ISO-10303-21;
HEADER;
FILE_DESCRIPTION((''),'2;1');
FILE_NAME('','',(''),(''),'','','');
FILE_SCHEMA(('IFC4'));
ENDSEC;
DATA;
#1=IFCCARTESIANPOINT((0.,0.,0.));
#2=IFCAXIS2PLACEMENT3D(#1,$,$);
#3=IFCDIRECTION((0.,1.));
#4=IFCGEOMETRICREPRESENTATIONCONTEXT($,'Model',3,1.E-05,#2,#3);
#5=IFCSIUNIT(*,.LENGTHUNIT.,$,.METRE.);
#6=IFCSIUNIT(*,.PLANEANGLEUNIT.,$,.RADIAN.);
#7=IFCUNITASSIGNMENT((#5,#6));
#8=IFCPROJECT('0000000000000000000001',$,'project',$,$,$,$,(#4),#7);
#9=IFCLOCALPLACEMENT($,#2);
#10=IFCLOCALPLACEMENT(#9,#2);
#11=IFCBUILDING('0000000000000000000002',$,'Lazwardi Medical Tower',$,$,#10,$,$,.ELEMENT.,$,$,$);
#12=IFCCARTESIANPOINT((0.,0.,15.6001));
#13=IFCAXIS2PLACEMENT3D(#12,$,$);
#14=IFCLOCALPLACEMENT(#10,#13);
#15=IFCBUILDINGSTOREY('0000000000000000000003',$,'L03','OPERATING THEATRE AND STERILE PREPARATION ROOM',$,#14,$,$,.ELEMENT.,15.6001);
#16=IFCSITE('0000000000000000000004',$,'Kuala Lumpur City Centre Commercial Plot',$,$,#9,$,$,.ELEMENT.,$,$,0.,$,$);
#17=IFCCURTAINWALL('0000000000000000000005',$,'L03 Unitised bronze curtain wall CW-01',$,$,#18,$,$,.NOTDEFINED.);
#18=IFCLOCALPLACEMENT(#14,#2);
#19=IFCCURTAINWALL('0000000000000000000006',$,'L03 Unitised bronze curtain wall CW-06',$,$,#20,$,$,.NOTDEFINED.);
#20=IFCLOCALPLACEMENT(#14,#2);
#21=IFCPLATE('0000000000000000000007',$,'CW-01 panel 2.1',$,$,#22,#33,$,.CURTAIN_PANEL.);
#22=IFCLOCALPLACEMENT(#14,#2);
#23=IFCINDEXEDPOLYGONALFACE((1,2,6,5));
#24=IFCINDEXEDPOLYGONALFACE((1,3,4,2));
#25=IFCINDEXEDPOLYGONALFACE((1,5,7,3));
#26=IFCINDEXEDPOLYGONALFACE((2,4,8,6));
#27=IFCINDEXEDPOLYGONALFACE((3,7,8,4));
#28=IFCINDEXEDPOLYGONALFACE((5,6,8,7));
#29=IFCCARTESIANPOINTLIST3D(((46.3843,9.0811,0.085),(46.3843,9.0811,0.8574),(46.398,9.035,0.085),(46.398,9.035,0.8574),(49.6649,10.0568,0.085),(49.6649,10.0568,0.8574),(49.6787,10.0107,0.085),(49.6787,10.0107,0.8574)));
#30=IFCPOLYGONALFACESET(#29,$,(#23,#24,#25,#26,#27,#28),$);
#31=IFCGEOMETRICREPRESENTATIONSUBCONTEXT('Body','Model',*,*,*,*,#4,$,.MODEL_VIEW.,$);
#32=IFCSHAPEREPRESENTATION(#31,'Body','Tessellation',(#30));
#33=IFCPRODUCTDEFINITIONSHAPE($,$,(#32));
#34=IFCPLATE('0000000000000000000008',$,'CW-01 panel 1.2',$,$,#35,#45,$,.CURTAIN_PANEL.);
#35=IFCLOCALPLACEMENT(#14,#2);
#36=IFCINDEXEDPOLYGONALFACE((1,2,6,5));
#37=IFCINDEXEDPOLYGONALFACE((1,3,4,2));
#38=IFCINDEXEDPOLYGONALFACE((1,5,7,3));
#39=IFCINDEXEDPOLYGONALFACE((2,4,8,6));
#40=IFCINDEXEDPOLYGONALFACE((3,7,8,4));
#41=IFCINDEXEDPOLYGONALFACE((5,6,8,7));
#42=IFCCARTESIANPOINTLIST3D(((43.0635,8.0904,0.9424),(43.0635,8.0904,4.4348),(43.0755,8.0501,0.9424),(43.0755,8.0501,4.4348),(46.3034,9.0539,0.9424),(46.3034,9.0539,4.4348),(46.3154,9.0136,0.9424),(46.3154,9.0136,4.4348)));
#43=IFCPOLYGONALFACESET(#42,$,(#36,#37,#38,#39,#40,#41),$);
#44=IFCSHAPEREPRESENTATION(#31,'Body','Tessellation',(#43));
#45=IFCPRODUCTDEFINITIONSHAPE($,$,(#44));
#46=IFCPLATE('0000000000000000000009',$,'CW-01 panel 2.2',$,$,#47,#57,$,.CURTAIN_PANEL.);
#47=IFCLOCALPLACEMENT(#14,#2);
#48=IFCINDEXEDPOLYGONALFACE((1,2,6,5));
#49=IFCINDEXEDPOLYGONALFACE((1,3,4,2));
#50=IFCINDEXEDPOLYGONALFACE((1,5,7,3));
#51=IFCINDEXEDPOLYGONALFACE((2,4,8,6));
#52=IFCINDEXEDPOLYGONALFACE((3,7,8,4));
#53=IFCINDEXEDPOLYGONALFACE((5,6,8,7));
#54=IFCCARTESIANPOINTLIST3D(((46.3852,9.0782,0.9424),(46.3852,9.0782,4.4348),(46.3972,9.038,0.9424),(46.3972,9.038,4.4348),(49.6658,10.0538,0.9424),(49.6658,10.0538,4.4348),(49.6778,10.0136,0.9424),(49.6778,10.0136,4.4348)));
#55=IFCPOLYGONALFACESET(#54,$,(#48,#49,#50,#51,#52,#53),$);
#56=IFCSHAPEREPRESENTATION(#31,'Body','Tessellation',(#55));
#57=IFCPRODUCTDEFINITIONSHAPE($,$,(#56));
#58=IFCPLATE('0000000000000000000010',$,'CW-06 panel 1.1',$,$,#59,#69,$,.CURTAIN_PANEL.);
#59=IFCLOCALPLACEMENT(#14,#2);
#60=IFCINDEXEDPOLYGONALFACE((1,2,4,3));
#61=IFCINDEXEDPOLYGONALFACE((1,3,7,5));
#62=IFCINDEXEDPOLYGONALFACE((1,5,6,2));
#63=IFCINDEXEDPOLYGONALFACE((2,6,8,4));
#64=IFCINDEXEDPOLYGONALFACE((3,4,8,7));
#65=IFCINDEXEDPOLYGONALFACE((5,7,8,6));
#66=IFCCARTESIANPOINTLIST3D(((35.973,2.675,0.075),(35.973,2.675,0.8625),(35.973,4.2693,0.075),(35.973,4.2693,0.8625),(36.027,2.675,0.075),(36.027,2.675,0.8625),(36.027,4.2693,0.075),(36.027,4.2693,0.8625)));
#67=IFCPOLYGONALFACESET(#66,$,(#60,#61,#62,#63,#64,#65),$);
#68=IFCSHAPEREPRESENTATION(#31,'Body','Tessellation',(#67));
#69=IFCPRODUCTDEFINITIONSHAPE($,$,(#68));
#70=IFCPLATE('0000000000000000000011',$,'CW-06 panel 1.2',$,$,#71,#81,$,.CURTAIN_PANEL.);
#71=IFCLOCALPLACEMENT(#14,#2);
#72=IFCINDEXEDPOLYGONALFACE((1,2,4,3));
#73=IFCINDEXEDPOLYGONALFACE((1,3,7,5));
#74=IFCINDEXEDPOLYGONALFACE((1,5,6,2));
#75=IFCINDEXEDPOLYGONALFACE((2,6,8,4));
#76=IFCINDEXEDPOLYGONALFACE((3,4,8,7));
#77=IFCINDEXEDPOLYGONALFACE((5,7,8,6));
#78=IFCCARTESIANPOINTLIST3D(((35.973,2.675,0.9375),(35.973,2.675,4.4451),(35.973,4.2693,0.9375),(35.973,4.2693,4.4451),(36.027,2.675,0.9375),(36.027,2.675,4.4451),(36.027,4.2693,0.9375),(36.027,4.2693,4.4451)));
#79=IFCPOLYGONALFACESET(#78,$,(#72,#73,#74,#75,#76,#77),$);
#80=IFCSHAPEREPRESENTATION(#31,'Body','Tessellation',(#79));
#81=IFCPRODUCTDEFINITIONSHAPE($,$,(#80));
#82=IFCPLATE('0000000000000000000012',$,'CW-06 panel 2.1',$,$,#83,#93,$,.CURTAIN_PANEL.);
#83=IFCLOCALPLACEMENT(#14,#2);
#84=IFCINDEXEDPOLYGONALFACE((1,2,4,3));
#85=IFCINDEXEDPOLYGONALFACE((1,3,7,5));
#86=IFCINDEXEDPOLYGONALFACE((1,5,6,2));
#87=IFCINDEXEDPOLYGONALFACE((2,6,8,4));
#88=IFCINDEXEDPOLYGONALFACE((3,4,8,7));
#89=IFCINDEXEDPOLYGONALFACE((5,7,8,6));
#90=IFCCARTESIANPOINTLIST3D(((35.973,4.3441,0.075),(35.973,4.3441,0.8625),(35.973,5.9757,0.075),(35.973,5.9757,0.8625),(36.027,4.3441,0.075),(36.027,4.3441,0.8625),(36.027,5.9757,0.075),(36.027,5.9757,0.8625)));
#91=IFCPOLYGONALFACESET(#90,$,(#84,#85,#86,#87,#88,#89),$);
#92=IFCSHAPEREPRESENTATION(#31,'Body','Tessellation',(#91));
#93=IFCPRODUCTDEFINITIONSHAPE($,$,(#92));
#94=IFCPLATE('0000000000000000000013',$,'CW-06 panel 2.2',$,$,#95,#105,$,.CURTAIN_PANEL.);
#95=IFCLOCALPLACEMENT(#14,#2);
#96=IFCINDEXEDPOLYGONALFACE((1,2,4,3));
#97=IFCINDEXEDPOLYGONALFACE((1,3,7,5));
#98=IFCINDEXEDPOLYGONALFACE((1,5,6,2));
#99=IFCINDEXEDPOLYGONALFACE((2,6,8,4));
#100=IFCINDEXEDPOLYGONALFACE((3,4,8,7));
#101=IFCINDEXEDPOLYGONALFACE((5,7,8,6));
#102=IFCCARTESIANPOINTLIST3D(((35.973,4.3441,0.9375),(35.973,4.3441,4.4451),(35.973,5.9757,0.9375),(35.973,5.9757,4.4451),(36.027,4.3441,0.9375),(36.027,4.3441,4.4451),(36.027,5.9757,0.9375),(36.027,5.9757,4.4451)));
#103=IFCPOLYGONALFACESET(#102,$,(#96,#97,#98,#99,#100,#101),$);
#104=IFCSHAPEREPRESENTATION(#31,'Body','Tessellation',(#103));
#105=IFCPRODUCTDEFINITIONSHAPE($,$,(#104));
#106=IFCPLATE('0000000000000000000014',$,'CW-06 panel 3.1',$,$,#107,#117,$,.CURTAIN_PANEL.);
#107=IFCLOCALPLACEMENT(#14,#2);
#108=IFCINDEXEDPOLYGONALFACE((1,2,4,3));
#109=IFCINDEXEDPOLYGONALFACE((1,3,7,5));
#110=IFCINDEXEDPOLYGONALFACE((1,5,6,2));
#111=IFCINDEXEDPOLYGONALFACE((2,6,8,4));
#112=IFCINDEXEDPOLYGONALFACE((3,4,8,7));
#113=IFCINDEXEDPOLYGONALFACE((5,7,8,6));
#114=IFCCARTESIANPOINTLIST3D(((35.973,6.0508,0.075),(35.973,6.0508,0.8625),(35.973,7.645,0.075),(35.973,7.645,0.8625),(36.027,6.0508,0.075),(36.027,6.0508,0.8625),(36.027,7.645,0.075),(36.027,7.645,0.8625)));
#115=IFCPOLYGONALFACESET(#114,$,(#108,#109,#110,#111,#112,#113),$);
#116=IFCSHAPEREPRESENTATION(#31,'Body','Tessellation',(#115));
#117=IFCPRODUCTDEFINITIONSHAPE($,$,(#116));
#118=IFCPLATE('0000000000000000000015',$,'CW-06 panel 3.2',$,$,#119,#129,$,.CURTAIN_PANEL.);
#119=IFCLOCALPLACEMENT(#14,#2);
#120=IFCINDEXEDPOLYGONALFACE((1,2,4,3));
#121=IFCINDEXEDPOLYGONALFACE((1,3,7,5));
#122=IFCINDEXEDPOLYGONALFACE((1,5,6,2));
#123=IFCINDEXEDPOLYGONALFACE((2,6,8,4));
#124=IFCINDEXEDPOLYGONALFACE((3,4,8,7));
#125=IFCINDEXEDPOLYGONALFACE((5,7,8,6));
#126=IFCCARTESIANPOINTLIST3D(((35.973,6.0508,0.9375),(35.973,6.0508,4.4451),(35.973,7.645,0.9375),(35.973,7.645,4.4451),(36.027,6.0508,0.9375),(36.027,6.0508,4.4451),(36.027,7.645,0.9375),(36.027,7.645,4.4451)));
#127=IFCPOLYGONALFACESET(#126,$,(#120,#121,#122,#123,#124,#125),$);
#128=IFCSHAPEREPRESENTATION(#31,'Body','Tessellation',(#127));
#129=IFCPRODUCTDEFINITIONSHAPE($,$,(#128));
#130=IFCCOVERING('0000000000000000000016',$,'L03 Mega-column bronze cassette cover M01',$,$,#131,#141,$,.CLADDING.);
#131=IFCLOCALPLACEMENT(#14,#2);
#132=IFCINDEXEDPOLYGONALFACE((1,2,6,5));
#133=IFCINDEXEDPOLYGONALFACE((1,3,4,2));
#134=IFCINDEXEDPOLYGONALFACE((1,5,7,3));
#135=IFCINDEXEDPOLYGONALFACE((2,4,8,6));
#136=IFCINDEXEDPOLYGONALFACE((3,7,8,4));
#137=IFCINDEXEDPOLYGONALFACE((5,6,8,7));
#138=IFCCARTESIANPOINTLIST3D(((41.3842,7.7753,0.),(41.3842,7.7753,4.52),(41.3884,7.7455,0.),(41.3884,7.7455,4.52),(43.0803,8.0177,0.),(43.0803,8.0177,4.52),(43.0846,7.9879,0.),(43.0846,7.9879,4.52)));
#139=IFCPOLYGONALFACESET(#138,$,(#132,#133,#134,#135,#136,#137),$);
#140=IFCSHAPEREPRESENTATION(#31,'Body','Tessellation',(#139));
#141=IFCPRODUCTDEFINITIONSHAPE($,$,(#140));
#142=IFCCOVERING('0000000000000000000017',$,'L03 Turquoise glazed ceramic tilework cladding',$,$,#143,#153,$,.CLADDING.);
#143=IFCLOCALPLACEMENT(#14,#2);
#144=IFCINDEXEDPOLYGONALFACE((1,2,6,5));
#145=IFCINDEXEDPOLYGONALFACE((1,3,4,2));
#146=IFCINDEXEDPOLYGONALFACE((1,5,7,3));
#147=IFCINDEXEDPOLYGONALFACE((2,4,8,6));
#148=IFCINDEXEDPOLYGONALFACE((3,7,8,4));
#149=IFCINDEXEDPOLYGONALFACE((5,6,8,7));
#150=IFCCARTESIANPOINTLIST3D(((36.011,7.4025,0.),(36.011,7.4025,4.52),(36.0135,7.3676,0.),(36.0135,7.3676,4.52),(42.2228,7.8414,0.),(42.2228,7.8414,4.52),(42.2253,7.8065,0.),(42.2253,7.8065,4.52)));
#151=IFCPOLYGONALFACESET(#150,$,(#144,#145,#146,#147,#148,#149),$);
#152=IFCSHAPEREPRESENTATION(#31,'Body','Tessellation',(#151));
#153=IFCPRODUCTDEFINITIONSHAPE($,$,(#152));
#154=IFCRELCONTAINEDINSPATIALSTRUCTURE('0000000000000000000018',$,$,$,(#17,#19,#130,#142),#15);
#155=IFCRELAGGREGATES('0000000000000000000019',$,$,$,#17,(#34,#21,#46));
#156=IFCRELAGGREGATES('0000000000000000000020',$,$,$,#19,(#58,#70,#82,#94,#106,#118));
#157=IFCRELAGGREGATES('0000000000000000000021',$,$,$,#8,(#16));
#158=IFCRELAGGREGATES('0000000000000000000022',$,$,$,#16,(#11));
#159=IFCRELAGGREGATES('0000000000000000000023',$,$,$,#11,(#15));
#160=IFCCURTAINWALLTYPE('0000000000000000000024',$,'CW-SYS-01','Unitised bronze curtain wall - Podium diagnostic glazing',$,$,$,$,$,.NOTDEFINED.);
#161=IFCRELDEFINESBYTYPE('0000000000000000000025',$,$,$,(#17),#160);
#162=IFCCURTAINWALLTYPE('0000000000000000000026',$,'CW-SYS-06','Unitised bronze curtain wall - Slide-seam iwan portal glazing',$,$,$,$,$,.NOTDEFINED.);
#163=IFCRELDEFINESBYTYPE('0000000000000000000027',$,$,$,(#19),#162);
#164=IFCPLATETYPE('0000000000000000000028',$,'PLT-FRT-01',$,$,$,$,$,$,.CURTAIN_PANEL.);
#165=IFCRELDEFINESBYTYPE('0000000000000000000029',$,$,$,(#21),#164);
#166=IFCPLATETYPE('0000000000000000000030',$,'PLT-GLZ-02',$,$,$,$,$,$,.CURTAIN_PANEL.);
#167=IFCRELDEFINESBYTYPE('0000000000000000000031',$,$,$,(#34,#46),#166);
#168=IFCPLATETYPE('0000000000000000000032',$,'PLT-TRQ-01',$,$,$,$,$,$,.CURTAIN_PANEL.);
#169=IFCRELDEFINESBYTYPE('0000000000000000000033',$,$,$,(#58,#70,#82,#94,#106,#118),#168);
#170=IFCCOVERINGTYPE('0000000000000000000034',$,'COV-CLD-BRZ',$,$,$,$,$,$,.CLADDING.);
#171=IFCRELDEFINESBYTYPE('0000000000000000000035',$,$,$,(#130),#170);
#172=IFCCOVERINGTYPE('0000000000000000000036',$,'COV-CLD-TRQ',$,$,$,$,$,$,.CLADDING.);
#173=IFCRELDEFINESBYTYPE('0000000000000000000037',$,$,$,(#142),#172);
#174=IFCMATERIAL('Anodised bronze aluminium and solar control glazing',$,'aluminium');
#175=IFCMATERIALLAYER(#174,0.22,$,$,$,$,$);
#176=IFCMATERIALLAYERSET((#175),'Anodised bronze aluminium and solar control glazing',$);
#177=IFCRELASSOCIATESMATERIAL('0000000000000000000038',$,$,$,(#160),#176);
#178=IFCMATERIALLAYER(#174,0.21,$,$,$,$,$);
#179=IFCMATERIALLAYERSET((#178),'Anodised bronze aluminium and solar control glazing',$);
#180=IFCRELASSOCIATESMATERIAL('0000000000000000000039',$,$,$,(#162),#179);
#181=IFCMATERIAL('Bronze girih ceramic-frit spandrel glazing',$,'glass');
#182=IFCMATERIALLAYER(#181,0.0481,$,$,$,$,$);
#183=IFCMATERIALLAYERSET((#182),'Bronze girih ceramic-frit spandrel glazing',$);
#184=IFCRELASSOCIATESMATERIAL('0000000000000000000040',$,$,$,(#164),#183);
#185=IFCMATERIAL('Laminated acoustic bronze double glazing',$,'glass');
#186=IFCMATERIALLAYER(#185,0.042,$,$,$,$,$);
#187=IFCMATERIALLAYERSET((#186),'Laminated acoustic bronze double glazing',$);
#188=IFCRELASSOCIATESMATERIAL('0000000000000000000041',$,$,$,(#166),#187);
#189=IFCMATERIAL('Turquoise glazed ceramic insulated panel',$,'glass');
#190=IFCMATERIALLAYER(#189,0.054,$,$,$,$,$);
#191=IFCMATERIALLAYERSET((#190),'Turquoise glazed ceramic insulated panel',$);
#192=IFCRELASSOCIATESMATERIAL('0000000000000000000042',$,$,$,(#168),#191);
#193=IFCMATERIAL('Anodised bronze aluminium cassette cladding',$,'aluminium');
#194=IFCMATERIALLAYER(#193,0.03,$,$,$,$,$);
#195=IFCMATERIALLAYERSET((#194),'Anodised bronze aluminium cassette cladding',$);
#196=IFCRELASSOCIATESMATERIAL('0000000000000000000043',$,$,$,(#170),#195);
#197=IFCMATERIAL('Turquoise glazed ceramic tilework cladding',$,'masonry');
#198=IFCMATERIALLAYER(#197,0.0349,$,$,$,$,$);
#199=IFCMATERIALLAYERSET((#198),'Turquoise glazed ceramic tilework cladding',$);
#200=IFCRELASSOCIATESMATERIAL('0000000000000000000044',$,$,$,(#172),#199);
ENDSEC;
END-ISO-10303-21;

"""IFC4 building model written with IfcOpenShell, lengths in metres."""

from ifc_helpers import new_model, si_unit, direction, frame, origin, origin_2d, place, context, subcontext, project, spatial, rectangle, extrude, material, layer, layer_set, type_object, element, aggregate, save


model = new_model("IFC4")

# Units and contexts
model_context = context("Model", 3, precision=1e-05, world=origin(), true_north=direction((0.0, 1.0)))
body_context = subcontext(model_context, "Body", "Model", "MODEL_VIEW")
ifc_project = project(units=[si_unit("LENGTHUNIT", "METRE"), si_unit("PLANEANGLEUNIT", "RADIAN")], contexts=[model_context])

# Site, building, storey
site_placement = place(None, origin())
site = spatial("IfcSite", under=ifc_project, at=site_placement, Name="Kuala Lumpur City Centre Commercial Plot", CompositionType="ELEMENT", RefElevation=0.0)
building_placement = place(site_placement, origin())
building = spatial("IfcBuilding", under=site, at=building_placement, Name="Lazwardi Medical Tower", CompositionType="ELEMENT")
storey_placement = place(building_placement, frame((0.0, 0.0, 15.6001)))
storey = spatial("IfcBuildingStorey", under=building, at=storey_placement, Name="L03", Description="OPERATING THEATRE AND STERILE PREPARATION ROOM", CompositionType="ELEMENT", Elevation=15.6001)

# Curtain walls
ifc_material_1 = material(Name="Anodised bronze aluminium and solar control glazing", Category="aluminium")
ifc_layer_1 = layer(ifc_material_1, 0.22)
ifc_layer_set_1 = layer_set([ifc_layer_1], Name="Anodised bronze aluminium and solar control glazing")
curtain_wall_type_1 = type_object("IfcCurtainWallType", Name="CW-SYS-01", Description="Unitised bronze curtain wall - Podium diagnostic glazing", PredefinedType="NOTDEFINED", material=ifc_layer_set_1)
curtain_wall_1_placement = place(storey_placement, origin())
curtain_wall_1 = element("IfcCurtainWall", 1, at=curtain_wall_1_placement, inside=storey, type_object=curtain_wall_type_1, Name="L03 Unitised bronze curtain wall CW-01", PredefinedType="NOTDEFINED")
ifc_layer_2 = layer(ifc_material_1, 0.21)
ifc_layer_set_2 = layer_set([ifc_layer_2], Name="Anodised bronze aluminium and solar control glazing")
curtain_wall_type_2 = type_object("IfcCurtainWallType", Name="CW-SYS-06", Description="Unitised bronze curtain wall - Slide-seam iwan portal glazing", PredefinedType="NOTDEFINED", material=ifc_layer_set_2)
curtain_wall_2_placement = place(storey_placement, origin())
curtain_wall_2 = element("IfcCurtainWall", 2, at=curtain_wall_2_placement, inside=storey, type_object=curtain_wall_type_2, Name="L03 Unitised bronze curtain wall CW-06", PredefinedType="NOTDEFINED")

# Plates
ifc_material_2 = material(Name="Bronze girih ceramic-frit spandrel glazing", Category="glass")
ifc_layer_3 = layer(ifc_material_2, 0.0481)
ifc_layer_set_3 = layer_set([ifc_layer_3], Name="Bronze girih ceramic-frit spandrel glazing")
plate_type_1 = type_object("IfcPlateType", Name="PLT-FRT-01", PredefinedType="CURTAIN_PANEL", material=ifc_layer_set_3)
plate_1_placement = place(storey_placement, frame((48.0315, 9.5459, 0.085), z_axis=(0.0, 0.0, 1.0), x_axis=(0.958513, 0.285047, 0.0)))
plate_1 = element("IfcPlate", 3, at=plate_1_placement, type_object=plate_type_1, Name="CW-01 panel 2.1", PredefinedType="CURTAIN_PANEL", context=body_context, shape_type="SweptSolid", body=[
    extrude(rectangle(XDim=3.4226, YDim=0.0481, at=origin_2d()), origin(), (0.0, 0.0, 1.0), 0.7725),
])
ifc_material_3 = material(Name="Laminated acoustic bronze double glazing", Category="glass")
ifc_layer_4 = layer(ifc_material_3, 0.042)
ifc_layer_set_4 = layer_set([ifc_layer_4], Name="Laminated acoustic bronze double glazing")
plate_type_2 = type_object("IfcPlateType", Name="PLT-GLZ-02", PredefinedType="CURTAIN_PANEL", material=ifc_layer_set_4)
plate_2_placement = place(storey_placement, frame((44.6895, 8.552, 0.9424), z_axis=(0.0, 0.0, 1.0), x_axis=(0.958513, 0.285047, 0.0)))
plate_2 = element("IfcPlate", 4, at=plate_2_placement, type_object=plate_type_2, Name="CW-01 panel 1.2", PredefinedType="CURTAIN_PANEL", context=body_context, shape_type="SweptSolid", body=[
    extrude(rectangle(XDim=3.3801, YDim=0.042, at=origin_2d()), origin(), (0.0, 0.0, 1.0), 3.4924),
])
plate_3_placement = place(storey_placement, frame((48.0315, 9.5459, 0.9424), z_axis=(0.0, 0.0, 1.0), x_axis=(0.958513, 0.285047, 0.0)))
plate_3 = element("IfcPlate", 5, at=plate_3_placement, type_object=plate_type_2, Name="CW-01 panel 2.2", PredefinedType="CURTAIN_PANEL", context=body_context, shape_type="SweptSolid", body=[
    extrude(rectangle(XDim=3.4226, YDim=0.042, at=origin_2d()), origin(), (0.0, 0.0, 1.0), 3.4924),
])
aggregate(curtain_wall_1, [plate_2, plate_1, plate_3])
ifc_material_4 = material(Name="Turquoise glazed ceramic insulated panel", Category="glass")
ifc_layer_5 = layer(ifc_material_4, 0.054)
ifc_layer_set_5 = layer_set([ifc_layer_5], Name="Turquoise glazed ceramic insulated panel")
plate_type_3 = type_object("IfcPlateType", Name="PLT-TRQ-01", PredefinedType="CURTAIN_PANEL", material=ifc_layer_set_5)
plate_4_placement = place(storey_placement, frame((36.0, 3.4722, 0.075), z_axis=(0.0, 0.0, 1.0), x_axis=(0.0, 1.0, 0.0)))
plate_4 = element("IfcPlate", 6, at=plate_4_placement, type_object=plate_type_3, Name="CW-06 panel 1.1", PredefinedType="CURTAIN_PANEL", context=body_context, shape_type="SweptSolid", body=[
    extrude(rectangle(XDim=1.5942, YDim=0.054, at=origin_2d()), origin(), (0.0, 0.0, 1.0), 0.7876),
])
plate_5_placement = place(storey_placement, frame((36.0, 3.4722, 0.9375), z_axis=(0.0, 0.0, 1.0), x_axis=(0.0, 1.0, 0.0)))
plate_5 = element("IfcPlate", 7, at=plate_5_placement, type_object=plate_type_3, Name="CW-06 panel 1.2", PredefinedType="CURTAIN_PANEL", context=body_context, shape_type="SweptSolid", body=[
    extrude(rectangle(XDim=1.5942, YDim=0.054, at=origin_2d()), origin(), (0.0, 0.0, 1.0), 3.5076),
])
plate_6_placement = place(storey_placement, frame((36.0, 5.1599, 0.075), z_axis=(0.0, 0.0, 1.0), x_axis=(0.0, 1.0, 0.0)))
plate_6 = element("IfcPlate", 8, at=plate_6_placement, type_object=plate_type_3, Name="CW-06 panel 2.1", PredefinedType="CURTAIN_PANEL", context=body_context, shape_type="SweptSolid", body=[
    extrude(rectangle(XDim=1.6316, YDim=0.054, at=origin_2d()), origin(), (0.0, 0.0, 1.0), 0.7876),
])
plate_7_placement = place(storey_placement, frame((36.0, 5.1599, 0.9375), z_axis=(0.0, 0.0, 1.0), x_axis=(0.0, 1.0, 0.0)))
plate_7 = element("IfcPlate", 9, at=plate_7_placement, type_object=plate_type_3, Name="CW-06 panel 2.2", PredefinedType="CURTAIN_PANEL", context=body_context, shape_type="SweptSolid", body=[
    extrude(rectangle(XDim=1.6316, YDim=0.054, at=origin_2d()), origin(), (0.0, 0.0, 1.0), 3.5076),
])
plate_8_placement = place(storey_placement, frame((36.0, 6.8479, 0.075), z_axis=(0.0, 0.0, 1.0), x_axis=(0.0, 1.0, 0.0)))
plate_8 = element("IfcPlate", 10, at=plate_8_placement, type_object=plate_type_3, Name="CW-06 panel 3.1", PredefinedType="CURTAIN_PANEL", context=body_context, shape_type="SweptSolid", body=[
    extrude(rectangle(XDim=1.5942, YDim=0.054, at=origin_2d()), origin(), (0.0, 0.0, 1.0), 0.7876),
])
plate_9_placement = place(storey_placement, frame((36.0, 6.8479, 0.9375), z_axis=(0.0, 0.0, 1.0), x_axis=(0.0, 1.0, 0.0)))
plate_9 = element("IfcPlate", 11, at=plate_9_placement, type_object=plate_type_3, Name="CW-06 panel 3.2", PredefinedType="CURTAIN_PANEL", context=body_context, shape_type="SweptSolid", body=[
    extrude(rectangle(XDim=1.5942, YDim=0.054, at=origin_2d()), origin(), (0.0, 0.0, 1.0), 3.5076),
])
aggregate(curtain_wall_2, [plate_4, plate_5, plate_6, plate_7, plate_8, plate_9])

# Coverings
ifc_material_5 = material(Name="Anodised bronze aluminium cassette cladding", Category="aluminium")
ifc_layer_6 = layer(ifc_material_5, 0.03)
ifc_layer_set_6 = layer_set([ifc_layer_6], Name="Anodised bronze aluminium cassette cladding")
covering_type_1 = type_object("IfcCoveringType", Name="COV-CLD-BRZ", PredefinedType="CLADDING", material=ifc_layer_set_6)
covering_1_placement = place(storey_placement, frame((42.2344, 7.8816, 0.0), z_axis=(0.0, 0.0, 1.0), x_axis=(0.989943, 0.14147, 0.0)))
element("IfcCovering", 12, at=covering_1_placement, inside=storey, type_object=covering_type_1, Name="L03 Mega-column bronze cassette cover M01", PredefinedType="CLADDING", context=body_context, shape_type="SweptSolid", body=[
    extrude(rectangle(XDim=1.7134, YDim=0.03, at=origin_2d()), origin(), (0.0, 0.0, 1.0), 4.52),
])
ifc_material_6 = material(Name="Turquoise glazed ceramic tilework cladding", Category="masonry")
ifc_layer_7 = layer(ifc_material_6, 0.0349)
ifc_layer_set_7 = layer_set([ifc_layer_7], Name="Turquoise glazed ceramic tilework cladding")
covering_type_2 = type_object("IfcCoveringType", Name="COV-CLD-TRQ", PredefinedType="CLADDING", material=ifc_layer_set_7)
covering_2_placement = place(storey_placement, frame((39.1182, 7.6045, 0.0), z_axis=(0.0, 0.0, 1.0), x_axis=(0.997513, 0.070481, 0.0)))
element("IfcCovering", 13, at=covering_2_placement, inside=storey, type_object=covering_type_2, Name="L03 Turquoise glazed ceramic tilework cladding", PredefinedType="CLADDING", context=body_context, shape_type="SweptSolid", body=[
    extrude(rectangle(XDim=6.2273, YDim=0.0349, at=origin_2d()), origin(), (0.0, 0.0, 1.0), 4.52),
])

save(model, "model.ifc")
